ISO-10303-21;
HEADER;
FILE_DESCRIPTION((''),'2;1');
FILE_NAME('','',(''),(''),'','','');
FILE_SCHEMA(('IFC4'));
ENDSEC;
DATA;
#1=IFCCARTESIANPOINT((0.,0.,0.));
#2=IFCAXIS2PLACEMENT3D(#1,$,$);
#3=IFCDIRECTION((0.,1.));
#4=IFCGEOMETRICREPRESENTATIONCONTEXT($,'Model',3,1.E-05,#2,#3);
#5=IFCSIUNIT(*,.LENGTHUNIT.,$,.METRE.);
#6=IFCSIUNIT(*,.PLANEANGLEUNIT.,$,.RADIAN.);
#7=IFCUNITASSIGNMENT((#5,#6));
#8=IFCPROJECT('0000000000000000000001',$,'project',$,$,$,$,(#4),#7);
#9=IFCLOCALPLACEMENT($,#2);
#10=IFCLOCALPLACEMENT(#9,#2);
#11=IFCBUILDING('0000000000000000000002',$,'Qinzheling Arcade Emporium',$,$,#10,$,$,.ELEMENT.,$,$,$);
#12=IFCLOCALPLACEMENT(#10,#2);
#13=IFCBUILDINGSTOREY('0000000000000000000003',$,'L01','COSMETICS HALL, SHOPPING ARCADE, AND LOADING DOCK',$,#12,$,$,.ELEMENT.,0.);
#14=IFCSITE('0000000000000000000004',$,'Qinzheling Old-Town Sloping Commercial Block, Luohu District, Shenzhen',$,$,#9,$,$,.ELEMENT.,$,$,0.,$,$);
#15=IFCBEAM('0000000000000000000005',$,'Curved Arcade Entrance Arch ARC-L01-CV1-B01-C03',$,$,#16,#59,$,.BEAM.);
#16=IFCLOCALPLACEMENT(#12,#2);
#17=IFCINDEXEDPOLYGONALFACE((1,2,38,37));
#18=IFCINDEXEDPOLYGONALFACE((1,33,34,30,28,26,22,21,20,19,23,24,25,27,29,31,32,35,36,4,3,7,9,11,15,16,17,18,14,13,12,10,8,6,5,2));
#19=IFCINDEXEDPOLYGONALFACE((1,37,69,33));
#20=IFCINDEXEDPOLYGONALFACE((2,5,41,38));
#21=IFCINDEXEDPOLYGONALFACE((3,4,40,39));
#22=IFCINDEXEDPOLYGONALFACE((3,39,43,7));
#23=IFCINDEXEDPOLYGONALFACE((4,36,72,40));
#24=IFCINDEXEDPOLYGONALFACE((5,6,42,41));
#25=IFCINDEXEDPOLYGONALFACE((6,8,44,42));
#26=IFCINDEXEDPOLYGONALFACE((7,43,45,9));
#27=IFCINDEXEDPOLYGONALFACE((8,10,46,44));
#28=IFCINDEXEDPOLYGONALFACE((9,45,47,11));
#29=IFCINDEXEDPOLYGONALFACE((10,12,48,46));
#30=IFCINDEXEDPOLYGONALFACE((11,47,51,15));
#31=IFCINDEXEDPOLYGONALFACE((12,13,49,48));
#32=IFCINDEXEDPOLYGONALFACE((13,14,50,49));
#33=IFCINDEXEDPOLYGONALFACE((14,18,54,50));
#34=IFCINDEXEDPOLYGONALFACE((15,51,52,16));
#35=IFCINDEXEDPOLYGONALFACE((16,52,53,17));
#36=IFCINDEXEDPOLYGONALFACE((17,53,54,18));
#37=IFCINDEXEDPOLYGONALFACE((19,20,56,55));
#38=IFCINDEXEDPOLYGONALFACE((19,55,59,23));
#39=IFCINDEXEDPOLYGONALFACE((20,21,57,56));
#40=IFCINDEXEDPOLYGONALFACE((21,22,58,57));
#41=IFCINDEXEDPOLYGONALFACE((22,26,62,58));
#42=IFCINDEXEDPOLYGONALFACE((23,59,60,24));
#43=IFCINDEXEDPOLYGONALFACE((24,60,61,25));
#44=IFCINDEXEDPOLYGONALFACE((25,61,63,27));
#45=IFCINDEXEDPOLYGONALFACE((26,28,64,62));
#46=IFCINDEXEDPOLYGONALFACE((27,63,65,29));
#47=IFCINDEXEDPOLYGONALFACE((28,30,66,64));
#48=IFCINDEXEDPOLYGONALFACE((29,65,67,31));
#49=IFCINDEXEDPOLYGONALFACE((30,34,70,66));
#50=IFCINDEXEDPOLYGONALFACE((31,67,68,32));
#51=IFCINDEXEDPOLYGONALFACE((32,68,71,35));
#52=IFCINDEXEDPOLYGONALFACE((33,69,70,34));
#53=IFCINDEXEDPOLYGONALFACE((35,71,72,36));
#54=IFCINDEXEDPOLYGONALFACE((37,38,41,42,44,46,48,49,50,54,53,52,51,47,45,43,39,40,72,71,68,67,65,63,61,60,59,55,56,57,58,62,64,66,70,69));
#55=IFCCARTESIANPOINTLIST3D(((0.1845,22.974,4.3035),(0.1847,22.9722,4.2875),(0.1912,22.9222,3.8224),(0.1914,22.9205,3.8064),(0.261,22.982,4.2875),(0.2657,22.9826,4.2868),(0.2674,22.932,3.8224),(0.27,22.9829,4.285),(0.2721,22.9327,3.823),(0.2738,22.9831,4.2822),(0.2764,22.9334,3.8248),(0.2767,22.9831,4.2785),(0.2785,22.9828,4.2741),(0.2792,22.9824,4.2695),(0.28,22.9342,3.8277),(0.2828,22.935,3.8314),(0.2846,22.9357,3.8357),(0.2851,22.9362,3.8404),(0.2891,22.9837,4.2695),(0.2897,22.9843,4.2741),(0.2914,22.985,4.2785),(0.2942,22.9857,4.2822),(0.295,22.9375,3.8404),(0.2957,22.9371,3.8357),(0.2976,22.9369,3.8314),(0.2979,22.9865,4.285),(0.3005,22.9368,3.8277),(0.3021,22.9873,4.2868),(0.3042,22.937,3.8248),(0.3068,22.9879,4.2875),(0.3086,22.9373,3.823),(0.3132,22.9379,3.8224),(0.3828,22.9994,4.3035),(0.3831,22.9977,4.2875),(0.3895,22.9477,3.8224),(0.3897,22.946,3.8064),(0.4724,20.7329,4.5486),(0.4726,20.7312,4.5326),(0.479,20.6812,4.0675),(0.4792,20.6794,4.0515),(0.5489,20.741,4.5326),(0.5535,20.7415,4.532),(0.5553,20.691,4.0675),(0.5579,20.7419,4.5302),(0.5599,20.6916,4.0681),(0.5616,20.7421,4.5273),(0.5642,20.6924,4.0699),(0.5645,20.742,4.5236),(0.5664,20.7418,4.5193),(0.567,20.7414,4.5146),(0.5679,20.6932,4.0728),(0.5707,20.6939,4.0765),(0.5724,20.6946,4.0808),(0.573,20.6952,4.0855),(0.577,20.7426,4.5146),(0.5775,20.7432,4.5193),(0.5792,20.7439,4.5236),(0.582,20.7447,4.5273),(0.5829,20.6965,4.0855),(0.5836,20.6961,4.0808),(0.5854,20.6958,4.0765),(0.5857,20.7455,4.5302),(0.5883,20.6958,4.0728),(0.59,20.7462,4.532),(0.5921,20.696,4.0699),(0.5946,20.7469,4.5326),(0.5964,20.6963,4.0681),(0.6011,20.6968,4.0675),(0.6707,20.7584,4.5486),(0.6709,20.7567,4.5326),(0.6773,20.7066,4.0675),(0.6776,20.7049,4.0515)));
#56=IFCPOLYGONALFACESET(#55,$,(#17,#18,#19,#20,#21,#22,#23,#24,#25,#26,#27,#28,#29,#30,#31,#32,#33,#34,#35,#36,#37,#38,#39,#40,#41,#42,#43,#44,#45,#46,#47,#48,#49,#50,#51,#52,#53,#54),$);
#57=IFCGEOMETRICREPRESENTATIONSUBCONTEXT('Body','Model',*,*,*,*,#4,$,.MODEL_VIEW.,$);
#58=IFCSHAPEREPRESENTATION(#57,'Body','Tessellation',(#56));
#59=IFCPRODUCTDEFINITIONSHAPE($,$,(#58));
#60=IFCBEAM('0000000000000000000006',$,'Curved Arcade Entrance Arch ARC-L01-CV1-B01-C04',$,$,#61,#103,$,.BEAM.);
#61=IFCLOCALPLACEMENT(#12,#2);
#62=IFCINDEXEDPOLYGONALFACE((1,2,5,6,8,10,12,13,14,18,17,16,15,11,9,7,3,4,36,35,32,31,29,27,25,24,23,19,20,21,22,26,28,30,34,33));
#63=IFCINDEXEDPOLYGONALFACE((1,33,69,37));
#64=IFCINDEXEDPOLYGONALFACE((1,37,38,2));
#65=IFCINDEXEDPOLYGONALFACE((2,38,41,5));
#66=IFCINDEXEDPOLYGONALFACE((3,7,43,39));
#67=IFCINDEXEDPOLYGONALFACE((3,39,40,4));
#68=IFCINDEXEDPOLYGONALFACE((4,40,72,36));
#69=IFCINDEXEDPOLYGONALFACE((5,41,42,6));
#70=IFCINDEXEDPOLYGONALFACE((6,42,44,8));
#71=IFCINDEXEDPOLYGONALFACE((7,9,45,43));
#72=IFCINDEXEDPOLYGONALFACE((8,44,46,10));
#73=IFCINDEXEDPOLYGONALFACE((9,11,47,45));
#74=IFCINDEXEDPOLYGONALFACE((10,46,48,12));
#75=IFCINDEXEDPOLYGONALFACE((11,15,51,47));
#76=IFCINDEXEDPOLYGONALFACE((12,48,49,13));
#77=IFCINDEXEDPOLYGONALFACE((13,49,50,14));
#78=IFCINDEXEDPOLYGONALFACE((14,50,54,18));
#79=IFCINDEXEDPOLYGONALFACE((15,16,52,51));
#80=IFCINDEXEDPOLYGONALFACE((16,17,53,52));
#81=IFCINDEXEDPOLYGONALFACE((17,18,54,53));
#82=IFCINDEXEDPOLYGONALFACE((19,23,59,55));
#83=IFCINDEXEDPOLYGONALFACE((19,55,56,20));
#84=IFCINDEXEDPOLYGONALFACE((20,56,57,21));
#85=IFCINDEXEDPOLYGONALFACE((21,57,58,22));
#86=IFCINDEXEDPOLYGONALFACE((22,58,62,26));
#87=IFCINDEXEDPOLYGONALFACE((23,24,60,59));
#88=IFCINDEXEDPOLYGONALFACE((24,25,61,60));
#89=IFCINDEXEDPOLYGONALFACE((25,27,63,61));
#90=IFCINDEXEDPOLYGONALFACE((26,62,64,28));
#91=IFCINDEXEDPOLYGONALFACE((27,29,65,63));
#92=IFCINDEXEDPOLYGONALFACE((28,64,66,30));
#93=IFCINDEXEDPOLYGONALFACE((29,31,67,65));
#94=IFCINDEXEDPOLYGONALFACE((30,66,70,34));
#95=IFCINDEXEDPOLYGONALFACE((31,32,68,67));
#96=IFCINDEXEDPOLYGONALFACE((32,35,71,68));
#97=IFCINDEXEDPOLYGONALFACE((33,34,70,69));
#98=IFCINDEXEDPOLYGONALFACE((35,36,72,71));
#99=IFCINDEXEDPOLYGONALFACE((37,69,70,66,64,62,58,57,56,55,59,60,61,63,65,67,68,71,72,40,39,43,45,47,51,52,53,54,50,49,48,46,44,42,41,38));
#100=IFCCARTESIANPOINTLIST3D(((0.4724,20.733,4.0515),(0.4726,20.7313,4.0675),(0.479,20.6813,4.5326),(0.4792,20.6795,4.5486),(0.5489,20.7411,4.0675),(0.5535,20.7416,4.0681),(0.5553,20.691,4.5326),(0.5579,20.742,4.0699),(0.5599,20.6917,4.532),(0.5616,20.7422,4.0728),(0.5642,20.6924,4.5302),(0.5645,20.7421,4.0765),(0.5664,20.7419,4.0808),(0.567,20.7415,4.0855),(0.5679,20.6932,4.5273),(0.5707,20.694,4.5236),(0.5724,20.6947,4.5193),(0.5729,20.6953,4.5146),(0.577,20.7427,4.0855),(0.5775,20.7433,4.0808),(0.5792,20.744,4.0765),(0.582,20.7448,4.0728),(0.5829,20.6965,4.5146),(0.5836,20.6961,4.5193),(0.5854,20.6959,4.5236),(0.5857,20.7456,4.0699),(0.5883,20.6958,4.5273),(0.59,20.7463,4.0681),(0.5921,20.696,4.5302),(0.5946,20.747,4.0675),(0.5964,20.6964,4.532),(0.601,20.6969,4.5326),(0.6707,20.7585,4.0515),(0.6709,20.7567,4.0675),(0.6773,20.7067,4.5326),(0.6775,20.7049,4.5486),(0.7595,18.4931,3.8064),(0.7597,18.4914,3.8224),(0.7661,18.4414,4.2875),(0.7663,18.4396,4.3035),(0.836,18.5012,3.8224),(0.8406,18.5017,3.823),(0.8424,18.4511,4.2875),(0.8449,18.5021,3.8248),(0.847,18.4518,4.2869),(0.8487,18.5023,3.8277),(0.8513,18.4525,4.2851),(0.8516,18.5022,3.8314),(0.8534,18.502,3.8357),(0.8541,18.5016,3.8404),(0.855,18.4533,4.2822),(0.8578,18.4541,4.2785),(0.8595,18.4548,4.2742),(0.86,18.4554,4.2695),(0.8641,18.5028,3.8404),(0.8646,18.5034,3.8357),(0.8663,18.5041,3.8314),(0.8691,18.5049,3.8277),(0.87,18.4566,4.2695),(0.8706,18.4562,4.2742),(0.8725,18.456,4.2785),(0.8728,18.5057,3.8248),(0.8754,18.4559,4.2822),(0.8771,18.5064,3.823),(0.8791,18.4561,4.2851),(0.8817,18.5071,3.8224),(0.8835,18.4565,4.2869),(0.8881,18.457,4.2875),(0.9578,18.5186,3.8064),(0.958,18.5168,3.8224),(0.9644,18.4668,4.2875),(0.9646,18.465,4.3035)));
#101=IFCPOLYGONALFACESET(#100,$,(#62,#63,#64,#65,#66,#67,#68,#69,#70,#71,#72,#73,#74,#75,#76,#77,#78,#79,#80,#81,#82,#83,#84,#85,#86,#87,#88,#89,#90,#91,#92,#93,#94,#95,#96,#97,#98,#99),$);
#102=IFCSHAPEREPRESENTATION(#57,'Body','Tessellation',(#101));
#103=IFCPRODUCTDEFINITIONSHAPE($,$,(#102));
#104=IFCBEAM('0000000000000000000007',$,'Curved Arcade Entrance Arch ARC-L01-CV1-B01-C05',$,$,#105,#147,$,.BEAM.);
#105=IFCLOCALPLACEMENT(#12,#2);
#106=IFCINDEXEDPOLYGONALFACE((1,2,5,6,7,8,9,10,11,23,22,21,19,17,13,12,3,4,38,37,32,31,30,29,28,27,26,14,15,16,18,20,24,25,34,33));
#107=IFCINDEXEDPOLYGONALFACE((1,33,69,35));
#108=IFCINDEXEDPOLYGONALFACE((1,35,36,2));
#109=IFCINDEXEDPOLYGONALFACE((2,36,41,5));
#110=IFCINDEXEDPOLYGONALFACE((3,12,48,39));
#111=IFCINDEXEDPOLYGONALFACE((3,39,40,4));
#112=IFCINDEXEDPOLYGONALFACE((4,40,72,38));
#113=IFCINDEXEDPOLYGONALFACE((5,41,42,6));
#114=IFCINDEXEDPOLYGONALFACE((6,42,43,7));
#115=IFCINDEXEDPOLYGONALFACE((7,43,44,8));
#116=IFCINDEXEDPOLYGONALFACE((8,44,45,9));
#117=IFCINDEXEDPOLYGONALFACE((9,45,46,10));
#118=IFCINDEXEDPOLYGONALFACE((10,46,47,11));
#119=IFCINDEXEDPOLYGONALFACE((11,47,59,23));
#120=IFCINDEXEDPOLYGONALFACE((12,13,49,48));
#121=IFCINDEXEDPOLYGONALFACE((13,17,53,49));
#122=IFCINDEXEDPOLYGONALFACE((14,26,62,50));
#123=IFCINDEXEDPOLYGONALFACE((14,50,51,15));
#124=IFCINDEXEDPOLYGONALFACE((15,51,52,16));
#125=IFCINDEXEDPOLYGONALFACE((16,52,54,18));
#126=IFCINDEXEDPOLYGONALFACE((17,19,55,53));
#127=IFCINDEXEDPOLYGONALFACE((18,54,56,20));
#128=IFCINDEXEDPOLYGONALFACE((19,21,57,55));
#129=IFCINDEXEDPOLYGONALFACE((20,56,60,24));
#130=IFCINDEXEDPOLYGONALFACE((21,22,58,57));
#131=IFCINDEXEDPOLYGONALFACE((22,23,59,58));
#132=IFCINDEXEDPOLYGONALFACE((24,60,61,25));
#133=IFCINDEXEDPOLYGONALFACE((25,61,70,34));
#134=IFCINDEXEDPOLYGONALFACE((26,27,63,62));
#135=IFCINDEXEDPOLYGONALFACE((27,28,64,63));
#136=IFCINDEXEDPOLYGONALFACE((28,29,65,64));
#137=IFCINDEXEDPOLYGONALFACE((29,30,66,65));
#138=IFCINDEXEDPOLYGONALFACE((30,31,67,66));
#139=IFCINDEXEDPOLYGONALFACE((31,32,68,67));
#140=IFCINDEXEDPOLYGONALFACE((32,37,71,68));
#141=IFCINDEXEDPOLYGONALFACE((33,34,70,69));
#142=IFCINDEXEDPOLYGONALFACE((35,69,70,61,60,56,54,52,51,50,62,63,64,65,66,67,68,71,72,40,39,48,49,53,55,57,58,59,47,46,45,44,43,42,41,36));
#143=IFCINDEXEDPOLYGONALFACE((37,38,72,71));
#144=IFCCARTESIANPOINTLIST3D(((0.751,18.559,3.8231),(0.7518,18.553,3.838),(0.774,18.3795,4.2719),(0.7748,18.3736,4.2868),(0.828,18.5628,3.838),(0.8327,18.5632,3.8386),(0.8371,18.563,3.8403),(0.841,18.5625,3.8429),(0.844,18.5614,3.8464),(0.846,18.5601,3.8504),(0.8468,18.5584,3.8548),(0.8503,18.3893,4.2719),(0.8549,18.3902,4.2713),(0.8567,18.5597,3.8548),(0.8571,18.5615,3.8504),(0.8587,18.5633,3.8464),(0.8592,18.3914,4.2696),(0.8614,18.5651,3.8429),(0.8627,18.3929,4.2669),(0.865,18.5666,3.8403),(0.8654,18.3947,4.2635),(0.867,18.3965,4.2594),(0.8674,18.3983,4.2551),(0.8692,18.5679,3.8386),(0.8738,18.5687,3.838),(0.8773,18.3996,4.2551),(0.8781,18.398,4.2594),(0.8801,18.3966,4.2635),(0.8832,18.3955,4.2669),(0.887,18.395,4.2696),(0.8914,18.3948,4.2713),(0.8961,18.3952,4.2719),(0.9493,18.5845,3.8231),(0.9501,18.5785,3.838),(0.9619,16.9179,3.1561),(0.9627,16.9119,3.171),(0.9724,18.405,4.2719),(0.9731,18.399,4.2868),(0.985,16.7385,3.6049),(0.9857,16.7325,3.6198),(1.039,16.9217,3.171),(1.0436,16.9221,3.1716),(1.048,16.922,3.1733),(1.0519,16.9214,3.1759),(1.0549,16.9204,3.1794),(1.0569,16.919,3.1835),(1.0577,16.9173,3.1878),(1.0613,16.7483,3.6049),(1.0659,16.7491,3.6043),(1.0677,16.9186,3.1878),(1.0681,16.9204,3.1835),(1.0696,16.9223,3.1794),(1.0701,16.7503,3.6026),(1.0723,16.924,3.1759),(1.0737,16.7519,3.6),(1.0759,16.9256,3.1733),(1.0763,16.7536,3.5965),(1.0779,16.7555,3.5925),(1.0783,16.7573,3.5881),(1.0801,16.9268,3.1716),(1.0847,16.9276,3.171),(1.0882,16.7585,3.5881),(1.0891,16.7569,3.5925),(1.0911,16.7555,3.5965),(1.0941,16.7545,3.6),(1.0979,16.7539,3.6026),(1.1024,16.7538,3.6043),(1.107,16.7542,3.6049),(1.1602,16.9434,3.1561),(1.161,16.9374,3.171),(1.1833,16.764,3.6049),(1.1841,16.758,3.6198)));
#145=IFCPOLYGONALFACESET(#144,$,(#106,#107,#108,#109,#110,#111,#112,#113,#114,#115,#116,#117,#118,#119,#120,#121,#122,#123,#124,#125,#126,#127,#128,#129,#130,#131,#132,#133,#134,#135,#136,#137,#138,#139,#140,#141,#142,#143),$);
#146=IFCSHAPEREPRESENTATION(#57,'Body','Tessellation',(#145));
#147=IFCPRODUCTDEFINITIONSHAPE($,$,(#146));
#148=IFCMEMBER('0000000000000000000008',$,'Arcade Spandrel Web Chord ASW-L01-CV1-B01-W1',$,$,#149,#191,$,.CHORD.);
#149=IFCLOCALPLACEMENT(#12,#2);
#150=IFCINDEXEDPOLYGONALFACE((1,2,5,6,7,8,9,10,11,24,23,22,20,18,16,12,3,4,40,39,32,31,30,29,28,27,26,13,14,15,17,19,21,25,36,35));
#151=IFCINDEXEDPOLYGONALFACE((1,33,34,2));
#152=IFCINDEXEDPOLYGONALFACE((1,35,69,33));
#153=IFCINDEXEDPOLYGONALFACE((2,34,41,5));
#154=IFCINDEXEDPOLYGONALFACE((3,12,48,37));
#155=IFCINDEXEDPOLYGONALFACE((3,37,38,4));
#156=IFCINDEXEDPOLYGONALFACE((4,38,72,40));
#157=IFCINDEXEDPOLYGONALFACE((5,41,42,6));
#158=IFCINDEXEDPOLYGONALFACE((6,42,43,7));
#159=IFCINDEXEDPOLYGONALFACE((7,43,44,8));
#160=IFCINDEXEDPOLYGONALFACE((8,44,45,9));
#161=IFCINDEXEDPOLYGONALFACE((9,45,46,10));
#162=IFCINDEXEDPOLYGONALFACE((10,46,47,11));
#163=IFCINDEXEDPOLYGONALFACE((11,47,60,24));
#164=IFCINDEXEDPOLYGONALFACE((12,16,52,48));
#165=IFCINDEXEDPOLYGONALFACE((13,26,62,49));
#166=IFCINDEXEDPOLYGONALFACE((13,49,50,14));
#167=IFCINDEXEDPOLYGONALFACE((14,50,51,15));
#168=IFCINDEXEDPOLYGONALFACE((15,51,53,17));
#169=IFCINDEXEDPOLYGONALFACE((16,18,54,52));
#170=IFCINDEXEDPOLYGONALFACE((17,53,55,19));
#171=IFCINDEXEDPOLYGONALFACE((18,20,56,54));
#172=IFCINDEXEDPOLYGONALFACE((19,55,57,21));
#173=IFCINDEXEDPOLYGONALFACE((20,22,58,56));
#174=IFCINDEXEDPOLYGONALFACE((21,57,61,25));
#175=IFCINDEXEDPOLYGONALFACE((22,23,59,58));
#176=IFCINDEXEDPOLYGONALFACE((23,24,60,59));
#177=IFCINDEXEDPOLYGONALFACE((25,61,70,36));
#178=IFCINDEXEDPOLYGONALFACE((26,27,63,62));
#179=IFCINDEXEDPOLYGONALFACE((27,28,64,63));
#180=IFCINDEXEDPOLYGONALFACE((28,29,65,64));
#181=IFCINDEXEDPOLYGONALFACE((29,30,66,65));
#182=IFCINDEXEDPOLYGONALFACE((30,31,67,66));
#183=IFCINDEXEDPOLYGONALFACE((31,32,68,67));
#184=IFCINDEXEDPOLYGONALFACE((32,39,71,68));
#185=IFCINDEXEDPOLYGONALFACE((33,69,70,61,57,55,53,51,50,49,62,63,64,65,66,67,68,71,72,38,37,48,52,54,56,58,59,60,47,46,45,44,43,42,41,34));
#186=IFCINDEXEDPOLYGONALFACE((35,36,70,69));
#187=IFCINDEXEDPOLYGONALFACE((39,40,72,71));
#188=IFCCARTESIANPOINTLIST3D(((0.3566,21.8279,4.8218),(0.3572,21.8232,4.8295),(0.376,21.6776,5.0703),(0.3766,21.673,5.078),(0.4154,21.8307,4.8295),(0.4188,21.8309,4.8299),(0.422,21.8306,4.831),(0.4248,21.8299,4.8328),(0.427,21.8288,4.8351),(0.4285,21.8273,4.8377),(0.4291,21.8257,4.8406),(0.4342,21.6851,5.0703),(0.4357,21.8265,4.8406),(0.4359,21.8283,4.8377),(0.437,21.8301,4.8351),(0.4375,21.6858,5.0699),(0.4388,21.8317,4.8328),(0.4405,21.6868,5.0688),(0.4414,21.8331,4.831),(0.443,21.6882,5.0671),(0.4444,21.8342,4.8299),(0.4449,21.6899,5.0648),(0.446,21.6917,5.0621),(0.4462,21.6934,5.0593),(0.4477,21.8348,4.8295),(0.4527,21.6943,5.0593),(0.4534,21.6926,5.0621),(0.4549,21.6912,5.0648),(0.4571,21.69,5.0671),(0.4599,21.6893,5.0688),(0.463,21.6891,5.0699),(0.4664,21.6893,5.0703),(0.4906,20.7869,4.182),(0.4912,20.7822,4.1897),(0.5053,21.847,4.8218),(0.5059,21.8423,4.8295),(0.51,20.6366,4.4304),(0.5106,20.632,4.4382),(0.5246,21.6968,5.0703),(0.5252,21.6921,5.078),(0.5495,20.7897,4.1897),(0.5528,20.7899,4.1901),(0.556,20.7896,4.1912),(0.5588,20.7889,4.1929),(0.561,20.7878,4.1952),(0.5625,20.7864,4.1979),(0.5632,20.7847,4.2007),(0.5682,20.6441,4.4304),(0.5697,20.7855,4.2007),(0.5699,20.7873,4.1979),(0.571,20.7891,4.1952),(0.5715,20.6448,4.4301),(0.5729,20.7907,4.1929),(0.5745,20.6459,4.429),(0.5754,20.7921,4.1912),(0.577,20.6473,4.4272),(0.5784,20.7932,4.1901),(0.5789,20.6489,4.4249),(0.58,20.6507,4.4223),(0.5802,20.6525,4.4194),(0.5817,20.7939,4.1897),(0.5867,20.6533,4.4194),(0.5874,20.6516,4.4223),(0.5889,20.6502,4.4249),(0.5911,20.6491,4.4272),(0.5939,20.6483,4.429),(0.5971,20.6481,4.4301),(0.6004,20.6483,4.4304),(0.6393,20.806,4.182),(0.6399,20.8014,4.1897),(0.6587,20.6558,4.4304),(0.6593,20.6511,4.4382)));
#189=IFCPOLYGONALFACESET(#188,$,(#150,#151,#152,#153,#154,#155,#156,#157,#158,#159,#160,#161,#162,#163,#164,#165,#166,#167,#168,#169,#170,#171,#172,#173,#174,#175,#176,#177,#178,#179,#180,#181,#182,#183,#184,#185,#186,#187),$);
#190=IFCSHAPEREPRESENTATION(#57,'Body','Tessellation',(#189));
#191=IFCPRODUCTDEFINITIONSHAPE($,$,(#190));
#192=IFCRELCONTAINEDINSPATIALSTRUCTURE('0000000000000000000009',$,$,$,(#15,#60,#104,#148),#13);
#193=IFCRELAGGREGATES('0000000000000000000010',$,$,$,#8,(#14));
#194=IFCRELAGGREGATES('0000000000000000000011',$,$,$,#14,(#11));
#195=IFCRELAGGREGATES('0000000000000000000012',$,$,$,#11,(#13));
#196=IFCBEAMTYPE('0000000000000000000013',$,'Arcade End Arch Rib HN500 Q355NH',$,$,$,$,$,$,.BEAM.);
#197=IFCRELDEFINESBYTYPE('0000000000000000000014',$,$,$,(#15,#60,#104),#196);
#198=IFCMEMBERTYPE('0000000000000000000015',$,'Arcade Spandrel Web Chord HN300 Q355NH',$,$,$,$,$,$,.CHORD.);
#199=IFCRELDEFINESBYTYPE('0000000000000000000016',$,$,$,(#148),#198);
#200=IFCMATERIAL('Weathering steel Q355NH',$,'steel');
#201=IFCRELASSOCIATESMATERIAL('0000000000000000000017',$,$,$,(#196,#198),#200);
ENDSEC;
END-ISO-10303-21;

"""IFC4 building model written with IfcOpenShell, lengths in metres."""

from ifc_helpers import new_model, si_unit, direction, frame, origin, origin_2d, place, context, subcontext, project, spatial, i_section, extrude, material, material_profile, profile_set, type_object, element, save


model = new_model("IFC4")

# Units and contexts
model_context = context("Model", 3, precision=1e-05, world=origin(), true_north=direction((0.0, 1.0)))
body_context = subcontext(model_context, "Body", "Model", "MODEL_VIEW")
ifc_project = project(units=[si_unit("LENGTHUNIT", "METRE"), si_unit("PLANEANGLEUNIT", "RADIAN")], contexts=[model_context])

# Site, building, storey
site_placement = place(None, origin())
site = spatial("IfcSite", under=ifc_project, at=site_placement, Name="Qinzheling Old-Town Sloping Commercial Block, Luohu District, Shenzhen", CompositionType="ELEMENT", RefElevation=0.0)
building_placement = place(site_placement, origin())
building = spatial("IfcBuilding", under=site, at=building_placement, Name="Qinzheling Arcade Emporium", CompositionType="ELEMENT")
storey_placement = place(building_placement, origin())
storey = spatial("IfcBuildingStorey", under=building, at=storey_placement, Name="L01", Description="COSMETICS HALL, SHOPPING ARCADE, AND LOADING DOCK", CompositionType="ELEMENT", Elevation=0.0)

# Beams
ifc_material_1 = material(Name="Weathering steel Q355NH", Category="steel")
ifc_material_profile_1 = material_profile(ifc_material_1, i_section(OverallWidth=0.2, OverallDepth=0.5, WebThickness=0.01, FlangeThickness=0.0161, FilletRadius=0.0181, at=origin_2d()), Name="HN 500x200x10x16", Category="steel")
ifc_profile_set_1 = profile_set([ifc_material_profile_1], Name="Weathering steel Q355NH")
beam_type_1 = type_object("IfcBeamType", Name="Arcade End Arch Rib HN500 Q355NH", PredefinedType="BEAM", material=ifc_profile_set_1)
beam_1_placement = place(storey_placement, frame((0.2871, 22.96, 4.0549), z_axis=(0.126656, -0.986066, 0.107856), x_axis=(0.991852, 0.127399, 0.0)))
element("IfcBeam", 1, at=beam_1_placement, inside=storey, type_object=beam_type_1, Name="Curved Arcade Entrance Arch ARC-L01-CV1-B01-C03", PredefinedType="BEAM", context=body_context, shape_type="SweptSolid", body=[
    extrude(i_section(OverallWidth=0.2, OverallDepth=0.5, WebThickness=0.01, FlangeThickness=0.0161, FilletRadius=0.0181, at=origin_2d()), origin(), (0.0, 0.0, 1.0), 2.2727),
])
beam_2_placement = place(storey_placement, frame((0.575, 20.719, 4.3), z_axis=(0.126392, -0.986094, -0.107906), x_axis=(0.991886, 0.127134, 0.0)))
element("IfcBeam", 2, at=beam_2_placement, inside=storey, type_object=beam_type_1, Name="Curved Arcade Entrance Arch ARC-L01-CV1-B01-C04", PredefinedType="BEAM", context=body_context, shape_type="SweptSolid", body=[
    extrude(i_section(OverallWidth=0.2, OverallDepth=0.5, WebThickness=0.01, FlangeThickness=0.0161, FilletRadius=0.0181, at=origin_2d()), origin(), (0.0, 0.0, 1.0), 2.2715),
])
beam_3_placement = place(storey_placement, frame((0.8621, 18.479, 4.0549), z_axis=(0.118239, -0.919911, -0.373876), x_axis=(0.991841, 0.127484, 0.0)))
element("IfcBeam", 3, at=beam_3_placement, inside=storey, type_object=beam_type_1, Name="Curved Arcade Entrance Arch ARC-L01-CV1-B01-C05", PredefinedType="BEAM", context=body_context, shape_type="SweptSolid", body=[
    extrude(i_section(OverallWidth=0.2, OverallDepth=0.5, WebThickness=0.01, FlangeThickness=0.0161, FilletRadius=0.0181, at=origin_2d()), origin(), (0.0, 0.0, 1.0), 1.7839),
])

# Member
ifc_material_profile_2 = material_profile(ifc_material_1, i_section(OverallWidth=0.1499, OverallDepth=0.3, WebThickness=0.0066, FlangeThickness=0.009, FilletRadius=0.0129, at=origin_2d()), Name="HN 300x150x6.5x9", Category="steel")
ifc_profile_set_2 = profile_set([ifc_material_profile_2], Name="Weathering steel Q355NH")
member_type_1 = type_object("IfcMemberType", Name="Arcade Spandrel Web Chord HN300 Q355NH", PredefinedType="CHORD", material=ifc_profile_set_2)
for number, where, z_axis, x_axis, name in (
    (4, (0.575, 20.719, 4.3101), (-0.109033, 0.846847, 0.520541), (-0.991813, -0.127698, 0.0), "Arcade Spandrel Web Chord ASW-L01-CV1-B01-W1"),
):
    element("IfcMember", number, at=place(storey_placement, frame(where, z_axis=z_axis, x_axis=x_axis)), inside=storey, type_object=member_type_1, Name=name, PredefinedType="CHORD", context=body_context, shape_type="SweptSolid", body=[
        extrude(i_section(OverallWidth=0.1499, OverallDepth=0.3, WebThickness=0.0066, FlangeThickness=0.009, FilletRadius=0.0129, at=origin_2d()), origin(), (0.0, 0.0, 1.0), 1.2292),
    ])

save(model, "model.ifc")
